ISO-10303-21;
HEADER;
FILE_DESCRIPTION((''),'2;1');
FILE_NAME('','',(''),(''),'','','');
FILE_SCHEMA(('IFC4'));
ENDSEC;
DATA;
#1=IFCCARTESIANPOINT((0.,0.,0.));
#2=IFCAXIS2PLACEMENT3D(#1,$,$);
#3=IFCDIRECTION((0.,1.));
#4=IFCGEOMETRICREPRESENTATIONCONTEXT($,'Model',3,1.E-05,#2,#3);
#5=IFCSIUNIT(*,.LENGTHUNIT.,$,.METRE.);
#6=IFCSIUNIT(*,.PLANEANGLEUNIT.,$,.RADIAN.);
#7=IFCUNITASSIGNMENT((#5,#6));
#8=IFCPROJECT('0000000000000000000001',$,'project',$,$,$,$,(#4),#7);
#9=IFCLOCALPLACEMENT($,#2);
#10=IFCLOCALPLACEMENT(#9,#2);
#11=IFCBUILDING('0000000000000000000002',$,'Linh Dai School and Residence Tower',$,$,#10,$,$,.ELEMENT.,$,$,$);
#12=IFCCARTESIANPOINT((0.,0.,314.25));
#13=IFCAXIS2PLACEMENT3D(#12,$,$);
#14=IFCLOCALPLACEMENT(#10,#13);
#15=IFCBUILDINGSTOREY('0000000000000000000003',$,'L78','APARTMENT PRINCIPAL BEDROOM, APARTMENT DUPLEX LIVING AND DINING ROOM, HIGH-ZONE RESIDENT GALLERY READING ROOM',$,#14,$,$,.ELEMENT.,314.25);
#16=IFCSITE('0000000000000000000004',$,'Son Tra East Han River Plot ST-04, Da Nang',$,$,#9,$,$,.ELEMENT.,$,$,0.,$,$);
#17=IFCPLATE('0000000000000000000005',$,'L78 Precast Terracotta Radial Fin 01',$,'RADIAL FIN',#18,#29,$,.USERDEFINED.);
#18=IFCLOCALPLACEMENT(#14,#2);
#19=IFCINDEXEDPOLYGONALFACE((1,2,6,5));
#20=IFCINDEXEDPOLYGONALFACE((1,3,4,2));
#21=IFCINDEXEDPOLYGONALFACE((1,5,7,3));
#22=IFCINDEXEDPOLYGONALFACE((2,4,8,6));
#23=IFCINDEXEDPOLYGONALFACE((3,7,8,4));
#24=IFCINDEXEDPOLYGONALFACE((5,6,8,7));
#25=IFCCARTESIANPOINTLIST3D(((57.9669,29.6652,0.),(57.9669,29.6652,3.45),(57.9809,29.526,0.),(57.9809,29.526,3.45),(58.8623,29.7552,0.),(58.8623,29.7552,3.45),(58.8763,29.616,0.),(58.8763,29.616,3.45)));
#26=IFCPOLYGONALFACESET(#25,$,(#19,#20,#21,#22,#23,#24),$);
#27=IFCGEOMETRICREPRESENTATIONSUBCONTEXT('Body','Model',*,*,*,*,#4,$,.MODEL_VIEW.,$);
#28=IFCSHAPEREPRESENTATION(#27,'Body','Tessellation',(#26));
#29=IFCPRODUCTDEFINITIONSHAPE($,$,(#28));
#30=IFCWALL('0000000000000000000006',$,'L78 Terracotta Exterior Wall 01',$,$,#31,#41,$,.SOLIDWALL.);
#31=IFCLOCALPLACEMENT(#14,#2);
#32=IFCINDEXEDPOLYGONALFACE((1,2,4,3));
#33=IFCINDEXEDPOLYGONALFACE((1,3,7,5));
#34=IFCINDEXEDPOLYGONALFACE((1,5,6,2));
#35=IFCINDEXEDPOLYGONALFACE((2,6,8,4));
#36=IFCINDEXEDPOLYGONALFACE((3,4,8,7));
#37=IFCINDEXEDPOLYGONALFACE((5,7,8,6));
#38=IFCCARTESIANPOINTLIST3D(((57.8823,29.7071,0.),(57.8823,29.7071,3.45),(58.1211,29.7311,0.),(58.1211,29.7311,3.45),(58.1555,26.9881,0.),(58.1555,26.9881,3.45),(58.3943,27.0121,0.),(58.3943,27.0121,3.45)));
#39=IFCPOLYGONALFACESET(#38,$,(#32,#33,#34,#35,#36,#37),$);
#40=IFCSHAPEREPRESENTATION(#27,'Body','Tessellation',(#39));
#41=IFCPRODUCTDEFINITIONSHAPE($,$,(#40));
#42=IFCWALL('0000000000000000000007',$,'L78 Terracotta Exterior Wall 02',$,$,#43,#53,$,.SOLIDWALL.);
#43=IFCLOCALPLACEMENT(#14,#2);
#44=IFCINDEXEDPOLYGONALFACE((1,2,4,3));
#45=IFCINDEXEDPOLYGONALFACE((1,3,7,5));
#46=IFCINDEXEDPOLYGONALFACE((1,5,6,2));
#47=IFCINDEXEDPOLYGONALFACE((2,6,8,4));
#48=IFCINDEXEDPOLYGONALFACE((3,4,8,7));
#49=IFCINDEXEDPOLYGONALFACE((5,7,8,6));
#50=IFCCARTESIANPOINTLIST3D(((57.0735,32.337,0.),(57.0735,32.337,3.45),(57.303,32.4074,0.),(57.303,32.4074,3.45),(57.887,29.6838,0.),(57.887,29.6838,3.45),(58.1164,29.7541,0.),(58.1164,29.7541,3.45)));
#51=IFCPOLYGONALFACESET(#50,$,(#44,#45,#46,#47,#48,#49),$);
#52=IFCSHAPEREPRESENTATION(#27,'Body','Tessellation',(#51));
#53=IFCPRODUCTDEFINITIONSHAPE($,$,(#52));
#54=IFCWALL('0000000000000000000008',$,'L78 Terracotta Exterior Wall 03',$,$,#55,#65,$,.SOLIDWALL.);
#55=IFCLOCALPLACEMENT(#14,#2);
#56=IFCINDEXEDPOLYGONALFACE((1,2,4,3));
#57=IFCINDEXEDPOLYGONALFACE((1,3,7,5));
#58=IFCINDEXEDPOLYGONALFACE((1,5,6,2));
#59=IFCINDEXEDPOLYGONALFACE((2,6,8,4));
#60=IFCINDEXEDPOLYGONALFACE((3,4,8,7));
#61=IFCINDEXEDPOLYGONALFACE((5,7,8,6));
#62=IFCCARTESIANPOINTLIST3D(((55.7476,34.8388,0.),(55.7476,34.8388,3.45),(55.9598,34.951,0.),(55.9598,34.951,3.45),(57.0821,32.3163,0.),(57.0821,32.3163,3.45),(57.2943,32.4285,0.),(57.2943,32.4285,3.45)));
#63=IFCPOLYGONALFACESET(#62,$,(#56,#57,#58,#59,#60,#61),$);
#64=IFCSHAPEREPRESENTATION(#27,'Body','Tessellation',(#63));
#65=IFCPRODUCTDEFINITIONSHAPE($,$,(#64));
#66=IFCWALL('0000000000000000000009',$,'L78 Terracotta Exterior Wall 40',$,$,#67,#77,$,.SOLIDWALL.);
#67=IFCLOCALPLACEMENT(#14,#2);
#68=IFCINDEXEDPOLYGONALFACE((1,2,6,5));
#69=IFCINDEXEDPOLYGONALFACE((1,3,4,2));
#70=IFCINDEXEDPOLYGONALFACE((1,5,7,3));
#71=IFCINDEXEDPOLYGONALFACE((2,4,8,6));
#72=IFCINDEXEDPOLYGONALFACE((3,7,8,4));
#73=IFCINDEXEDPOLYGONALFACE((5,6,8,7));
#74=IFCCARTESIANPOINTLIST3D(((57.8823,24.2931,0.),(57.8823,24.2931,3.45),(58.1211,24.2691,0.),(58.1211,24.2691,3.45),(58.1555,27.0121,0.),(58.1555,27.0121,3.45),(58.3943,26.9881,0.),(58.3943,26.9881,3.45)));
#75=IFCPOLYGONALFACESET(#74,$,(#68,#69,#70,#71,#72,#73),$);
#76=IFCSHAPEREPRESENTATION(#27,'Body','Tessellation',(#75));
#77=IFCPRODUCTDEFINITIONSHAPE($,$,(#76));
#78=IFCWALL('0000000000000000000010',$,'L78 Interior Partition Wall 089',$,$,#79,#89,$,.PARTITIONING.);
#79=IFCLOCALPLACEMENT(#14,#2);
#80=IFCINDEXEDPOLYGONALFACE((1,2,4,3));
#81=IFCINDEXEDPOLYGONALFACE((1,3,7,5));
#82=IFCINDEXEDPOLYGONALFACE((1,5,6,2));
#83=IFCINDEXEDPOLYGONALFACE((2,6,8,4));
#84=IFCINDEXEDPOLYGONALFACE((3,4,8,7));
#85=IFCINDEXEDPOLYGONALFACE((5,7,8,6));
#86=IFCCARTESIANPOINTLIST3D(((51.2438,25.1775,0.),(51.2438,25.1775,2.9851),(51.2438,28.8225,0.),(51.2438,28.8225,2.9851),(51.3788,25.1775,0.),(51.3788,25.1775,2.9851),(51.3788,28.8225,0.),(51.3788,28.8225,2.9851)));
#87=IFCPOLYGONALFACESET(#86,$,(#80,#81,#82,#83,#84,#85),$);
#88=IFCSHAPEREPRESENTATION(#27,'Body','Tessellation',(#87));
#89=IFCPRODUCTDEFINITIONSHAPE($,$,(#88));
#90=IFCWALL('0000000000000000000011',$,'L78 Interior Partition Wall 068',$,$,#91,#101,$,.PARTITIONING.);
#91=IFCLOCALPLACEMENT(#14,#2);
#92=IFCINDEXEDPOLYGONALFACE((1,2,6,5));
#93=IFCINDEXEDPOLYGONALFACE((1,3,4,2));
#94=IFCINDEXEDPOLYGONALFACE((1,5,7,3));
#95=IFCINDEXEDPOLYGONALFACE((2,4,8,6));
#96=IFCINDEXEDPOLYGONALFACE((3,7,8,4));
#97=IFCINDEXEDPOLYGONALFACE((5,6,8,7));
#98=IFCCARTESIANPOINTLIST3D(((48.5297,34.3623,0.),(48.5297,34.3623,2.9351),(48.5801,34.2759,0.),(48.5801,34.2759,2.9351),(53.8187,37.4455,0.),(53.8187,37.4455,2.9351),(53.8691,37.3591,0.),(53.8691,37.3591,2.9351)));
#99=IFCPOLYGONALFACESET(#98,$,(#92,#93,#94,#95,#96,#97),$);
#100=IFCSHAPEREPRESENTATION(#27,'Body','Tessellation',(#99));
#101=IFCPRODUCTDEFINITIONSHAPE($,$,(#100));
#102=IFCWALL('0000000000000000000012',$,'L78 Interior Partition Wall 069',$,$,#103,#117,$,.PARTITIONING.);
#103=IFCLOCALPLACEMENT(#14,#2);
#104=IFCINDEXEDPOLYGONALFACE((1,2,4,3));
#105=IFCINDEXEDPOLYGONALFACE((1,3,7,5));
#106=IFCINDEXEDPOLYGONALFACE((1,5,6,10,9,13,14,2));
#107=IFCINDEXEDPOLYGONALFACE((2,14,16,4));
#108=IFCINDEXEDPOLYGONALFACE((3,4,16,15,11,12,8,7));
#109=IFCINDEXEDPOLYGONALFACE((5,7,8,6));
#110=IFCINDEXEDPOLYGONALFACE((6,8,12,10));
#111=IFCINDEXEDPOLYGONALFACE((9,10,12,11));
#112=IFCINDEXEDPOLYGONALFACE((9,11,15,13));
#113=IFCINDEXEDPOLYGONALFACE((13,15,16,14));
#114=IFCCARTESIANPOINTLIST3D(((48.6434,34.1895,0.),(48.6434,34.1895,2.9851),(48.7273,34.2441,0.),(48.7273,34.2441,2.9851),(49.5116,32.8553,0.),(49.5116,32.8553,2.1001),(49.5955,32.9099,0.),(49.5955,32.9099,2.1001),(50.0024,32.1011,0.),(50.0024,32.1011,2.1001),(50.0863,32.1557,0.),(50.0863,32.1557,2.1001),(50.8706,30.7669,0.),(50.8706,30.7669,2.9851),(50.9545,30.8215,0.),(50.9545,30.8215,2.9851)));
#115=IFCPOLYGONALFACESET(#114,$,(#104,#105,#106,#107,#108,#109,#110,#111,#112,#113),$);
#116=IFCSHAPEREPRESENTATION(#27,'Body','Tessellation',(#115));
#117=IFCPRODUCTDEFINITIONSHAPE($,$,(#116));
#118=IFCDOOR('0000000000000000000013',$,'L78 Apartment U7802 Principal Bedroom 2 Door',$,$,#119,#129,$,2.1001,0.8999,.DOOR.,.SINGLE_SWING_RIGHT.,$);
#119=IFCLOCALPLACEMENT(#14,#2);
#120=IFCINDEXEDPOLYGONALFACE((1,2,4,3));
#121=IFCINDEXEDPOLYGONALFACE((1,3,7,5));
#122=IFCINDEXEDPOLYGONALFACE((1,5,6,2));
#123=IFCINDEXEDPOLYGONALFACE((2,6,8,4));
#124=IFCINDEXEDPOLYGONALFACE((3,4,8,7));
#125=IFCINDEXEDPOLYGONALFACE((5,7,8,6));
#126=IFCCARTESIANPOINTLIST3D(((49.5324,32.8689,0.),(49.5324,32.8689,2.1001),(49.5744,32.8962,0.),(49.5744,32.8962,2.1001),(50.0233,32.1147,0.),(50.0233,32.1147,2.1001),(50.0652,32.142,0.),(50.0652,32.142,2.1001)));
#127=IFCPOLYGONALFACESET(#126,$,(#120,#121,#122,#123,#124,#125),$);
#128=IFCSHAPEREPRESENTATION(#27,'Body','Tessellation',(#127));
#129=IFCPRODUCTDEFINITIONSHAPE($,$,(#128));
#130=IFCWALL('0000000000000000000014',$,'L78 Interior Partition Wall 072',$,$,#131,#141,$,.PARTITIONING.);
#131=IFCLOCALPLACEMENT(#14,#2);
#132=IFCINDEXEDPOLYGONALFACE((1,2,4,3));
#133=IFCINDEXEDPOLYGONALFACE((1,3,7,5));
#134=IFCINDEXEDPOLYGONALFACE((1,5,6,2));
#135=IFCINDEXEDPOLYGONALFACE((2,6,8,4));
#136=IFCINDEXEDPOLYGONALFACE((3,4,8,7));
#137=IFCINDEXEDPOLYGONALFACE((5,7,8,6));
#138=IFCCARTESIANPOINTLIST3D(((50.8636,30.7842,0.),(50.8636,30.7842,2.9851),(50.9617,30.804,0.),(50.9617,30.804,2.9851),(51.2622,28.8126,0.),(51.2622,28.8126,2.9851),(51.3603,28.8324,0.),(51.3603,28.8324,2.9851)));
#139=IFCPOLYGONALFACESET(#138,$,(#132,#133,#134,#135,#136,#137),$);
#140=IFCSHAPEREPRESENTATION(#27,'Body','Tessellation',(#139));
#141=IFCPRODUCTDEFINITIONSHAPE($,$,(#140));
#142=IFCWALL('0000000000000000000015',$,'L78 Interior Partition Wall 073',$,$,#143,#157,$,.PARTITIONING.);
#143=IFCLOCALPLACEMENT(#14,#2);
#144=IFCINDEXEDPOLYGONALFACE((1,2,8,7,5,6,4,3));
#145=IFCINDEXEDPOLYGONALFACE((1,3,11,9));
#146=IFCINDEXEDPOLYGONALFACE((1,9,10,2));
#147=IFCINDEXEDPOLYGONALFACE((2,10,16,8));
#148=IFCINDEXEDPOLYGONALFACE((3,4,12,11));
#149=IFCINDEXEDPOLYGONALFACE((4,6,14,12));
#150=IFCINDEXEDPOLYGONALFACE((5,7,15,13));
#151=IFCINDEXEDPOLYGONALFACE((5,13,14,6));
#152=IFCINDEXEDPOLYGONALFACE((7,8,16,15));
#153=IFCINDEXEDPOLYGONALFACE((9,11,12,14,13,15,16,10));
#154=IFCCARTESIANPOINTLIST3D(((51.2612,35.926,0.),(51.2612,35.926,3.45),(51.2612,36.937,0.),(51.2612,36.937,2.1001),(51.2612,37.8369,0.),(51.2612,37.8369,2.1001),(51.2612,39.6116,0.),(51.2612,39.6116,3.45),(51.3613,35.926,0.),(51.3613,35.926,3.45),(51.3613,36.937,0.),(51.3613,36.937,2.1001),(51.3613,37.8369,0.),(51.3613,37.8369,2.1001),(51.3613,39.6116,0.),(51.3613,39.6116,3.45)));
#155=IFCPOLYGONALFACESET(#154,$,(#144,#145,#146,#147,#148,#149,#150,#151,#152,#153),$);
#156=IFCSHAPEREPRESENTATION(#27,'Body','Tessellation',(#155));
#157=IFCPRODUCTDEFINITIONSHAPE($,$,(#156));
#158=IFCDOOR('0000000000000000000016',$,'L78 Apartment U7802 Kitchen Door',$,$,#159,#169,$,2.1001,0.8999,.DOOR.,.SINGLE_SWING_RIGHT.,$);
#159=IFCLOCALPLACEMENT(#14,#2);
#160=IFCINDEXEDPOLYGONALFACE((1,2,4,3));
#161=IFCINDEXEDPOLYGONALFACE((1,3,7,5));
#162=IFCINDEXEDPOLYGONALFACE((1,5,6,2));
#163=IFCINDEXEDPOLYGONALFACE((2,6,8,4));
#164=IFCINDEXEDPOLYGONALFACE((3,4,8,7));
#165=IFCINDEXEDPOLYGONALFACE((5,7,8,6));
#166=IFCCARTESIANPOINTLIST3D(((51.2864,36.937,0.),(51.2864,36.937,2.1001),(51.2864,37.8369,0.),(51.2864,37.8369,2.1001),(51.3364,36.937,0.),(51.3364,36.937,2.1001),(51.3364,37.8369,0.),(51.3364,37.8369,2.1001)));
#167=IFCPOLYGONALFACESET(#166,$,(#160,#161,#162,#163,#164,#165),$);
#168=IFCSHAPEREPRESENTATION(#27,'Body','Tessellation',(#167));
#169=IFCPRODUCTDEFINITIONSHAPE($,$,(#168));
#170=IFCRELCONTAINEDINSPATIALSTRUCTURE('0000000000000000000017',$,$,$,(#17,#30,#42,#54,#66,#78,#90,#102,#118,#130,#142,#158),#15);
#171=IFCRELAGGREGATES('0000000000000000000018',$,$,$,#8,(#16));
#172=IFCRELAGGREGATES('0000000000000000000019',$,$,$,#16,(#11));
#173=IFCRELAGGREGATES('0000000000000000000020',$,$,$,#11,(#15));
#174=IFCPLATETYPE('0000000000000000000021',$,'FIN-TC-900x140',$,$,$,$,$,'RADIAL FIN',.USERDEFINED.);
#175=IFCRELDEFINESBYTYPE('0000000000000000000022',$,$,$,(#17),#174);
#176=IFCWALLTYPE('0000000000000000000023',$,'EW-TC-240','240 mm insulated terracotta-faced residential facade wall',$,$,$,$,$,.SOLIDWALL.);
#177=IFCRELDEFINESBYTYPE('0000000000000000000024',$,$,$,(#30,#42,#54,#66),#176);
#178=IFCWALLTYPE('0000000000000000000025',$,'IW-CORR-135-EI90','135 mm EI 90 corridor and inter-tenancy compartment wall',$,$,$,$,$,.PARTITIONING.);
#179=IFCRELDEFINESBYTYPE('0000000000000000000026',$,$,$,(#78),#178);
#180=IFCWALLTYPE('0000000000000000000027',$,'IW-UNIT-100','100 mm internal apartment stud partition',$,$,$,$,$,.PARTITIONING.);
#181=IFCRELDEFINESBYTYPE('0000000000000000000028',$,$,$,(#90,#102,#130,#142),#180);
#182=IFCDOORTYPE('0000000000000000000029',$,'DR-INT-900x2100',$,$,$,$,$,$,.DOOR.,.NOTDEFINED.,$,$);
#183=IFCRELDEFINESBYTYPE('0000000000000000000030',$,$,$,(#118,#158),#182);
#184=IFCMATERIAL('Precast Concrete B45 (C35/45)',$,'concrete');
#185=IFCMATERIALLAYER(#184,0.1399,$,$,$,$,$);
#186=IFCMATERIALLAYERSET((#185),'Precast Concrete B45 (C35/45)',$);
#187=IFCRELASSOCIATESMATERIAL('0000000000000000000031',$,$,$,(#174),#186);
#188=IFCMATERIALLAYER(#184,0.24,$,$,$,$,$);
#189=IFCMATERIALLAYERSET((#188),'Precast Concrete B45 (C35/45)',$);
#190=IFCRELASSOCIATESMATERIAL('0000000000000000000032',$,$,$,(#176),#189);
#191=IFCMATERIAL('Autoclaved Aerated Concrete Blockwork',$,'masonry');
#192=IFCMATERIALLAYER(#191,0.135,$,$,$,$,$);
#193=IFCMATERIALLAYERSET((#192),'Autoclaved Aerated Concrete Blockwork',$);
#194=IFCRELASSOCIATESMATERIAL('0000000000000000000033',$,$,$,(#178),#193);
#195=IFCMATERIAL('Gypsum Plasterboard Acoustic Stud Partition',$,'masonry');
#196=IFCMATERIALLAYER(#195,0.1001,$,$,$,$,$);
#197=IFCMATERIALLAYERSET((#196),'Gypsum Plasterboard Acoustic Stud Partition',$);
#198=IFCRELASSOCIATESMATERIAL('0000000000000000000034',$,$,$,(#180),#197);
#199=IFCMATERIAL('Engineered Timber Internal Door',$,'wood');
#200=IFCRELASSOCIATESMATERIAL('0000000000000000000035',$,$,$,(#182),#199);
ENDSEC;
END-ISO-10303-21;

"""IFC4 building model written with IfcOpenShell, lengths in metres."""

from ifc_helpers import new_model, si_unit, direction, frame, frame_2d, origin, origin_2d, place, context, subcontext, project, spatial, rectangle, extrude, source, transform, mapped, material, layer, layer_set, type_object, element, fill, save


model = new_model("IFC4")

# Units and contexts
model_context = context("Model", 3, precision=1e-05, world=origin(), true_north=direction((0.0, 1.0)))
body_context = subcontext(model_context, "Body", "Model", "MODEL_VIEW")
ifc_project = project(units=[si_unit("LENGTHUNIT", "METRE"), si_unit("PLANEANGLEUNIT", "RADIAN")], contexts=[model_context])

# Site, building, storey
site_placement = place(None, origin())
site = spatial("IfcSite", under=ifc_project, at=site_placement, Name="Son Tra East Han River Plot ST-04, Da Nang", CompositionType="ELEMENT", RefElevation=0.0)
building_placement = place(site_placement, origin())
building = spatial("IfcBuilding", under=site, at=building_placement, Name="Linh Dai School and Residence Tower", CompositionType="ELEMENT")
storey_placement = place(building_placement, frame((0.0, 0.0, 314.25)))
storey = spatial("IfcBuildingStorey", under=building, at=storey_placement, Name="L78", Description="APARTMENT PRINCIPAL BEDROOM, APARTMENT DUPLEX LIVING AND DINING ROOM, HIGH-ZONE RESIDENT GALLERY READING ROOM", CompositionType="ELEMENT", Elevation=314.25)

# Plate
ifc_material_1 = material(Name="Precast Concrete B45 (C35/45)", Category="concrete")
ifc_layer_1 = layer(ifc_material_1, 0.1399)
ifc_layer_set_1 = layer_set([ifc_layer_1], Name="Precast Concrete B45 (C35/45)")
plate_type = type_object("IfcPlateType", Name="FIN-TC-900x140", ElementType="RADIAL FIN", PredefinedType="USERDEFINED", material=ifc_layer_set_1)
shared_shape_1 = source(origin(), body_context, "Body", "SweptSolid", [
    extrude(rectangle(XDim=0.8999, YDim=0.1399, at=origin_2d()), origin(), (0.0, 0.0, 1.0), 3.45),
])
plate_placement = place(storey_placement, frame((58.4216, 29.6406, 0.0), z_axis=(0.0, 0.0, 1.0), x_axis=(0.994987, 0.100008, 0.0)))
element("IfcPlate", 1, at=plate_placement, inside=storey, type_object=plate_type, Name="L78 Precast Terracotta Radial Fin 01", ObjectType="RADIAL FIN", PredefinedType="USERDEFINED", context=body_context, shape_type="MappedRepresentation", body=[
    mapped(shared_shape_1, transform((0.0, 0.0, 0.0), x_axis=(1.0, 0.0, 0.0), y_axis=(0.0, 1.0, 0.0), z_axis=(0.0, 0.0, 1.0), scale=1.0)),
])

# Walls
ifc_layer_2 = layer(ifc_material_1, 0.24)
ifc_layer_set_2 = layer_set([ifc_layer_2], Name="Precast Concrete B45 (C35/45)")
wall_type_1 = type_object("IfcWallType", Name="EW-TC-240", Description="240 mm insulated terracotta-faced residential facade wall", PredefinedType="SOLIDWALL", material=ifc_layer_set_2)
wall_1_placement = place(storey_placement, frame((58.0017, 29.719, 0.0), z_axis=(0.0, 0.0, 1.0), x_axis=(0.099973, -0.99499, 0.0)))
element("IfcWall", 2, at=wall_1_placement, inside=storey, type_object=wall_type_1, Name="L78 Terracotta Exterior Wall 01", PredefinedType="SOLIDWALL", context=body_context, shape_type="SweptSolid", body=[
    extrude(rectangle(XDim=2.7327, YDim=0.24, at=frame_2d((1.3662, 0.0))), origin(), (0.0, 0.0, 1.0), 3.45),
])
wall_2_placement = place(storey_placement, frame((57.1882, 32.3723, 0.0), z_axis=(0.0, 0.0, 1.0), x_axis=(0.293121, -0.956075, 0.0)))
element("IfcWall", 3, at=wall_2_placement, inside=storey, type_object=wall_type_1, Name="L78 Terracotta Exterior Wall 02", PredefinedType="SOLIDWALL", context=body_context, shape_type="SweptSolid", body=[
    extrude(rectangle(XDim=2.7751, YDim=0.24, at=frame_2d((1.3877, 0.0))), origin(), (0.0, 0.0, 1.0), 3.45),
])
wall_3_placement = place(storey_placement, frame((55.8538, 34.8948, 0.0), z_axis=(0.0, 0.0, 1.0), x_axis=(0.467628, -0.883925, 0.0)))
element("IfcWall", 4, at=wall_3_placement, inside=storey, type_object=wall_type_1, Name="L78 Terracotta Exterior Wall 03", PredefinedType="SOLIDWALL", context=body_context, shape_type="SweptSolid", body=[
    extrude(rectangle(XDim=2.8538, YDim=0.24, at=frame_2d((1.4268, 0.0))), origin(), (0.0, 0.0, 1.0), 3.45),
])
wall_4_placement = place(storey_placement, frame((58.2749, 27.0, 0.0), z_axis=(0.0, 0.0, 1.0), x_axis=(-0.099973, -0.99499, 0.0)))
element("IfcWall", 5, at=wall_4_placement, inside=storey, type_object=wall_type_1, Name="L78 Terracotta Exterior Wall 40", PredefinedType="SOLIDWALL", context=body_context, shape_type="SweptSolid", body=[
    extrude(rectangle(XDim=2.7327, YDim=0.24, at=frame_2d((1.3662, 0.0))), origin(), (0.0, 0.0, 1.0), 3.45),
])
ifc_material_2 = material(Name="Autoclaved Aerated Concrete Blockwork", Category="masonry")
ifc_layer_3 = layer(ifc_material_2, 0.135)
ifc_layer_set_3 = layer_set([ifc_layer_3], Name="Autoclaved Aerated Concrete Blockwork")
wall_type_2 = type_object("IfcWallType", Name="IW-CORR-135-EI90", Description="135 mm EI 90 corridor and inter-tenancy compartment wall", PredefinedType="PARTITIONING", material=ifc_layer_set_3)
wall_5_placement = place(storey_placement, frame((51.3113, 28.8225, 0.0), z_axis=(0.0, 0.0, 1.0), x_axis=(0.0, -1.0, 0.0)))
element("IfcWall", 6, at=wall_5_placement, inside=storey, type_object=wall_type_2, Name="L78 Interior Partition Wall 089", PredefinedType="PARTITIONING", context=body_context, shape_type="SweptSolid", body=[
    extrude(rectangle(XDim=3.645, YDim=0.135, at=frame_2d((1.8225, 0.0))), origin(), (0.0, 0.0, 1.0), 2.9851),
])
ifc_material_3 = material(Name="Gypsum Plasterboard Acoustic Stud Partition", Category="masonry")
ifc_layer_4 = layer(ifc_material_3, 0.1001)
ifc_layer_set_4 = layer_set([ifc_layer_4], Name="Gypsum Plasterboard Acoustic Stud Partition")
wall_type_3 = type_object("IfcWallType", Name="IW-UNIT-100", Description="100 mm internal apartment stud partition", PredefinedType="PARTITIONING", material=ifc_layer_set_4)
wall_6_placement = place(storey_placement, frame((48.5549, 34.3191, 0.0), z_axis=(0.0, 0.0, 1.0), x_axis=(0.863924, 0.503623, 0.0)))
element("IfcWall", 7, at=wall_6_placement, inside=storey, type_object=wall_type_3, Name="L78 Interior Partition Wall 068", PredefinedType="PARTITIONING", context=body_context, shape_type="SweptSolid", body=[
    extrude(rectangle(XDim=6.1221, YDim=0.1001, at=frame_2d((3.061, 0.0))), origin(), (0.0, 0.0, 1.0), 2.9351),
])

# Wall, opening, door
wall_7_placement = place(storey_placement, frame((48.6853, 34.2168, 0.0), z_axis=(0.0, 0.0, 1.0), x_axis=(0.545436, -0.838153, 0.0)))
wall_7 = element("IfcWall", 8, at=wall_7_placement, inside=storey, type_object=wall_type_3, Name="L78 Interior Partition Wall 069", PredefinedType="PARTITIONING", context=body_context, shape_type="SweptSolid", body=[
    extrude(rectangle(XDim=4.0835, YDim=0.1001, at=frame_2d((2.0417, 0.0))), origin(), (0.0, 0.0, 1.0), 2.9851),
])
opening_1_placement = place(wall_7_placement, frame((1.5918, 0.0, 0.0)))
opening_1 = element("IfcOpeningElement", 9, at=opening_1_placement, cuts=wall_7, PredefinedType="OPENING", context=body_context, shape_type="SweptSolid", body=[
    extrude(rectangle(XDim=0.8999, YDim=2.1001, at=origin_2d()), frame((0.45, 0.0601, 1.05), z_axis=(0.0, -1.0, 0.0), x_axis=(1.0, 0.0, 0.0)), (0.0, 0.0, 1.0), 0.1201),
])
ifc_material_4 = material(Name="Engineered Timber Internal Door", Category="wood")
door_type = type_object("IfcDoorType", Name="DR-INT-900x2100", OperationType="NOTDEFINED", PredefinedType="DOOR", material=ifc_material_4)
shared_shape_2 = source(origin(), body_context, "Body", "SweptSolid", [
    extrude(rectangle(XDim=0.8999, YDim=2.1001, at=origin_2d()), frame((0.45, 0.0249, 1.05), z_axis=(0.0, -1.0, 0.0), x_axis=(1.0, 0.0, 0.0)), (0.0, 0.0, 1.0), 0.05),
])
door_1_placement = place(opening_1_placement, origin())
door_1 = element("IfcDoor", 10, at=door_1_placement, inside=storey, type_object=door_type, Name="L78 Apartment U7802 Principal Bedroom 2 Door", OperationType="SINGLE_SWING_RIGHT", OverallHeight=2.1001, OverallWidth=0.8999, PredefinedType="DOOR", context=body_context, shape_type="MappedRepresentation", body=[
    mapped(shared_shape_2, transform((0.0, 0.0, 0.0), x_axis=(1.0, 0.0, 0.0), y_axis=(0.0, 1.0, 0.0), z_axis=(0.0, 0.0, 1.0), scale=1.0)),
])
fill(opening_1, door_1)

# Wall
wall_8_placement = place(storey_placement, frame((50.9126, 30.7942, 0.0), z_axis=(0.0, 0.0, 1.0), x_axis=(0.198193, -0.980163, 0.0)))
element("IfcWall", 11, at=wall_8_placement, inside=storey, type_object=wall_type_3, Name="L78 Interior Partition Wall 072", PredefinedType="PARTITIONING", context=body_context, shape_type="SweptSolid", body=[
    extrude(rectangle(XDim=2.0115, YDim=0.1001, at=frame_2d((1.0059, 0.0))), origin(), (0.0, 0.0, 1.0), 2.9851),
])

# Wall, opening, door
wall_9_placement = place(storey_placement, frame((51.3113, 35.926, 0.0), z_axis=(0.0, 0.0, 1.0), x_axis=(0.0, 1.0, 0.0)))
wall_9 = element("IfcWall", 12, at=wall_9_placement, inside=storey, type_object=wall_type_3, Name="L78 Interior Partition Wall 073", PredefinedType="PARTITIONING", context=body_context, shape_type="SweptSolid", body=[
    extrude(rectangle(XDim=3.6855, YDim=0.1001, at=frame_2d((1.8428, 0.0))), origin(), (0.0, 0.0, 1.0), 3.45),
])
opening_2_placement = place(wall_9_placement, frame((1.011, 0.0, 0.0)))
opening_2 = element("IfcOpeningElement", 13, at=opening_2_placement, cuts=wall_9, PredefinedType="OPENING", context=body_context, shape_type="SweptSolid", body=[
    extrude(rectangle(XDim=0.8999, YDim=2.1001, at=origin_2d()), frame((0.45, 0.0601, 1.05), z_axis=(0.0, -1.0, 0.0), x_axis=(1.0, 0.0, 0.0)), (0.0, 0.0, 1.0), 0.1201),
])
door_2_placement = place(opening_2_placement, origin())
door_2 = element("IfcDoor", 14, at=door_2_placement, inside=storey, type_object=door_type, Name="L78 Apartment U7802 Kitchen Door", OperationType="SINGLE_SWING_RIGHT", OverallHeight=2.1001, OverallWidth=0.8999, PredefinedType="DOOR", context=body_context, shape_type="MappedRepresentation", body=[
    mapped(shared_shape_2, transform((0.0, 0.0, 0.0), x_axis=(1.0, 0.0, 0.0), y_axis=(0.0, 1.0, 0.0), z_axis=(0.0, 0.0, 1.0), scale=1.0)),
])
fill(opening_2, door_2)

save(model, "model.ifc")
